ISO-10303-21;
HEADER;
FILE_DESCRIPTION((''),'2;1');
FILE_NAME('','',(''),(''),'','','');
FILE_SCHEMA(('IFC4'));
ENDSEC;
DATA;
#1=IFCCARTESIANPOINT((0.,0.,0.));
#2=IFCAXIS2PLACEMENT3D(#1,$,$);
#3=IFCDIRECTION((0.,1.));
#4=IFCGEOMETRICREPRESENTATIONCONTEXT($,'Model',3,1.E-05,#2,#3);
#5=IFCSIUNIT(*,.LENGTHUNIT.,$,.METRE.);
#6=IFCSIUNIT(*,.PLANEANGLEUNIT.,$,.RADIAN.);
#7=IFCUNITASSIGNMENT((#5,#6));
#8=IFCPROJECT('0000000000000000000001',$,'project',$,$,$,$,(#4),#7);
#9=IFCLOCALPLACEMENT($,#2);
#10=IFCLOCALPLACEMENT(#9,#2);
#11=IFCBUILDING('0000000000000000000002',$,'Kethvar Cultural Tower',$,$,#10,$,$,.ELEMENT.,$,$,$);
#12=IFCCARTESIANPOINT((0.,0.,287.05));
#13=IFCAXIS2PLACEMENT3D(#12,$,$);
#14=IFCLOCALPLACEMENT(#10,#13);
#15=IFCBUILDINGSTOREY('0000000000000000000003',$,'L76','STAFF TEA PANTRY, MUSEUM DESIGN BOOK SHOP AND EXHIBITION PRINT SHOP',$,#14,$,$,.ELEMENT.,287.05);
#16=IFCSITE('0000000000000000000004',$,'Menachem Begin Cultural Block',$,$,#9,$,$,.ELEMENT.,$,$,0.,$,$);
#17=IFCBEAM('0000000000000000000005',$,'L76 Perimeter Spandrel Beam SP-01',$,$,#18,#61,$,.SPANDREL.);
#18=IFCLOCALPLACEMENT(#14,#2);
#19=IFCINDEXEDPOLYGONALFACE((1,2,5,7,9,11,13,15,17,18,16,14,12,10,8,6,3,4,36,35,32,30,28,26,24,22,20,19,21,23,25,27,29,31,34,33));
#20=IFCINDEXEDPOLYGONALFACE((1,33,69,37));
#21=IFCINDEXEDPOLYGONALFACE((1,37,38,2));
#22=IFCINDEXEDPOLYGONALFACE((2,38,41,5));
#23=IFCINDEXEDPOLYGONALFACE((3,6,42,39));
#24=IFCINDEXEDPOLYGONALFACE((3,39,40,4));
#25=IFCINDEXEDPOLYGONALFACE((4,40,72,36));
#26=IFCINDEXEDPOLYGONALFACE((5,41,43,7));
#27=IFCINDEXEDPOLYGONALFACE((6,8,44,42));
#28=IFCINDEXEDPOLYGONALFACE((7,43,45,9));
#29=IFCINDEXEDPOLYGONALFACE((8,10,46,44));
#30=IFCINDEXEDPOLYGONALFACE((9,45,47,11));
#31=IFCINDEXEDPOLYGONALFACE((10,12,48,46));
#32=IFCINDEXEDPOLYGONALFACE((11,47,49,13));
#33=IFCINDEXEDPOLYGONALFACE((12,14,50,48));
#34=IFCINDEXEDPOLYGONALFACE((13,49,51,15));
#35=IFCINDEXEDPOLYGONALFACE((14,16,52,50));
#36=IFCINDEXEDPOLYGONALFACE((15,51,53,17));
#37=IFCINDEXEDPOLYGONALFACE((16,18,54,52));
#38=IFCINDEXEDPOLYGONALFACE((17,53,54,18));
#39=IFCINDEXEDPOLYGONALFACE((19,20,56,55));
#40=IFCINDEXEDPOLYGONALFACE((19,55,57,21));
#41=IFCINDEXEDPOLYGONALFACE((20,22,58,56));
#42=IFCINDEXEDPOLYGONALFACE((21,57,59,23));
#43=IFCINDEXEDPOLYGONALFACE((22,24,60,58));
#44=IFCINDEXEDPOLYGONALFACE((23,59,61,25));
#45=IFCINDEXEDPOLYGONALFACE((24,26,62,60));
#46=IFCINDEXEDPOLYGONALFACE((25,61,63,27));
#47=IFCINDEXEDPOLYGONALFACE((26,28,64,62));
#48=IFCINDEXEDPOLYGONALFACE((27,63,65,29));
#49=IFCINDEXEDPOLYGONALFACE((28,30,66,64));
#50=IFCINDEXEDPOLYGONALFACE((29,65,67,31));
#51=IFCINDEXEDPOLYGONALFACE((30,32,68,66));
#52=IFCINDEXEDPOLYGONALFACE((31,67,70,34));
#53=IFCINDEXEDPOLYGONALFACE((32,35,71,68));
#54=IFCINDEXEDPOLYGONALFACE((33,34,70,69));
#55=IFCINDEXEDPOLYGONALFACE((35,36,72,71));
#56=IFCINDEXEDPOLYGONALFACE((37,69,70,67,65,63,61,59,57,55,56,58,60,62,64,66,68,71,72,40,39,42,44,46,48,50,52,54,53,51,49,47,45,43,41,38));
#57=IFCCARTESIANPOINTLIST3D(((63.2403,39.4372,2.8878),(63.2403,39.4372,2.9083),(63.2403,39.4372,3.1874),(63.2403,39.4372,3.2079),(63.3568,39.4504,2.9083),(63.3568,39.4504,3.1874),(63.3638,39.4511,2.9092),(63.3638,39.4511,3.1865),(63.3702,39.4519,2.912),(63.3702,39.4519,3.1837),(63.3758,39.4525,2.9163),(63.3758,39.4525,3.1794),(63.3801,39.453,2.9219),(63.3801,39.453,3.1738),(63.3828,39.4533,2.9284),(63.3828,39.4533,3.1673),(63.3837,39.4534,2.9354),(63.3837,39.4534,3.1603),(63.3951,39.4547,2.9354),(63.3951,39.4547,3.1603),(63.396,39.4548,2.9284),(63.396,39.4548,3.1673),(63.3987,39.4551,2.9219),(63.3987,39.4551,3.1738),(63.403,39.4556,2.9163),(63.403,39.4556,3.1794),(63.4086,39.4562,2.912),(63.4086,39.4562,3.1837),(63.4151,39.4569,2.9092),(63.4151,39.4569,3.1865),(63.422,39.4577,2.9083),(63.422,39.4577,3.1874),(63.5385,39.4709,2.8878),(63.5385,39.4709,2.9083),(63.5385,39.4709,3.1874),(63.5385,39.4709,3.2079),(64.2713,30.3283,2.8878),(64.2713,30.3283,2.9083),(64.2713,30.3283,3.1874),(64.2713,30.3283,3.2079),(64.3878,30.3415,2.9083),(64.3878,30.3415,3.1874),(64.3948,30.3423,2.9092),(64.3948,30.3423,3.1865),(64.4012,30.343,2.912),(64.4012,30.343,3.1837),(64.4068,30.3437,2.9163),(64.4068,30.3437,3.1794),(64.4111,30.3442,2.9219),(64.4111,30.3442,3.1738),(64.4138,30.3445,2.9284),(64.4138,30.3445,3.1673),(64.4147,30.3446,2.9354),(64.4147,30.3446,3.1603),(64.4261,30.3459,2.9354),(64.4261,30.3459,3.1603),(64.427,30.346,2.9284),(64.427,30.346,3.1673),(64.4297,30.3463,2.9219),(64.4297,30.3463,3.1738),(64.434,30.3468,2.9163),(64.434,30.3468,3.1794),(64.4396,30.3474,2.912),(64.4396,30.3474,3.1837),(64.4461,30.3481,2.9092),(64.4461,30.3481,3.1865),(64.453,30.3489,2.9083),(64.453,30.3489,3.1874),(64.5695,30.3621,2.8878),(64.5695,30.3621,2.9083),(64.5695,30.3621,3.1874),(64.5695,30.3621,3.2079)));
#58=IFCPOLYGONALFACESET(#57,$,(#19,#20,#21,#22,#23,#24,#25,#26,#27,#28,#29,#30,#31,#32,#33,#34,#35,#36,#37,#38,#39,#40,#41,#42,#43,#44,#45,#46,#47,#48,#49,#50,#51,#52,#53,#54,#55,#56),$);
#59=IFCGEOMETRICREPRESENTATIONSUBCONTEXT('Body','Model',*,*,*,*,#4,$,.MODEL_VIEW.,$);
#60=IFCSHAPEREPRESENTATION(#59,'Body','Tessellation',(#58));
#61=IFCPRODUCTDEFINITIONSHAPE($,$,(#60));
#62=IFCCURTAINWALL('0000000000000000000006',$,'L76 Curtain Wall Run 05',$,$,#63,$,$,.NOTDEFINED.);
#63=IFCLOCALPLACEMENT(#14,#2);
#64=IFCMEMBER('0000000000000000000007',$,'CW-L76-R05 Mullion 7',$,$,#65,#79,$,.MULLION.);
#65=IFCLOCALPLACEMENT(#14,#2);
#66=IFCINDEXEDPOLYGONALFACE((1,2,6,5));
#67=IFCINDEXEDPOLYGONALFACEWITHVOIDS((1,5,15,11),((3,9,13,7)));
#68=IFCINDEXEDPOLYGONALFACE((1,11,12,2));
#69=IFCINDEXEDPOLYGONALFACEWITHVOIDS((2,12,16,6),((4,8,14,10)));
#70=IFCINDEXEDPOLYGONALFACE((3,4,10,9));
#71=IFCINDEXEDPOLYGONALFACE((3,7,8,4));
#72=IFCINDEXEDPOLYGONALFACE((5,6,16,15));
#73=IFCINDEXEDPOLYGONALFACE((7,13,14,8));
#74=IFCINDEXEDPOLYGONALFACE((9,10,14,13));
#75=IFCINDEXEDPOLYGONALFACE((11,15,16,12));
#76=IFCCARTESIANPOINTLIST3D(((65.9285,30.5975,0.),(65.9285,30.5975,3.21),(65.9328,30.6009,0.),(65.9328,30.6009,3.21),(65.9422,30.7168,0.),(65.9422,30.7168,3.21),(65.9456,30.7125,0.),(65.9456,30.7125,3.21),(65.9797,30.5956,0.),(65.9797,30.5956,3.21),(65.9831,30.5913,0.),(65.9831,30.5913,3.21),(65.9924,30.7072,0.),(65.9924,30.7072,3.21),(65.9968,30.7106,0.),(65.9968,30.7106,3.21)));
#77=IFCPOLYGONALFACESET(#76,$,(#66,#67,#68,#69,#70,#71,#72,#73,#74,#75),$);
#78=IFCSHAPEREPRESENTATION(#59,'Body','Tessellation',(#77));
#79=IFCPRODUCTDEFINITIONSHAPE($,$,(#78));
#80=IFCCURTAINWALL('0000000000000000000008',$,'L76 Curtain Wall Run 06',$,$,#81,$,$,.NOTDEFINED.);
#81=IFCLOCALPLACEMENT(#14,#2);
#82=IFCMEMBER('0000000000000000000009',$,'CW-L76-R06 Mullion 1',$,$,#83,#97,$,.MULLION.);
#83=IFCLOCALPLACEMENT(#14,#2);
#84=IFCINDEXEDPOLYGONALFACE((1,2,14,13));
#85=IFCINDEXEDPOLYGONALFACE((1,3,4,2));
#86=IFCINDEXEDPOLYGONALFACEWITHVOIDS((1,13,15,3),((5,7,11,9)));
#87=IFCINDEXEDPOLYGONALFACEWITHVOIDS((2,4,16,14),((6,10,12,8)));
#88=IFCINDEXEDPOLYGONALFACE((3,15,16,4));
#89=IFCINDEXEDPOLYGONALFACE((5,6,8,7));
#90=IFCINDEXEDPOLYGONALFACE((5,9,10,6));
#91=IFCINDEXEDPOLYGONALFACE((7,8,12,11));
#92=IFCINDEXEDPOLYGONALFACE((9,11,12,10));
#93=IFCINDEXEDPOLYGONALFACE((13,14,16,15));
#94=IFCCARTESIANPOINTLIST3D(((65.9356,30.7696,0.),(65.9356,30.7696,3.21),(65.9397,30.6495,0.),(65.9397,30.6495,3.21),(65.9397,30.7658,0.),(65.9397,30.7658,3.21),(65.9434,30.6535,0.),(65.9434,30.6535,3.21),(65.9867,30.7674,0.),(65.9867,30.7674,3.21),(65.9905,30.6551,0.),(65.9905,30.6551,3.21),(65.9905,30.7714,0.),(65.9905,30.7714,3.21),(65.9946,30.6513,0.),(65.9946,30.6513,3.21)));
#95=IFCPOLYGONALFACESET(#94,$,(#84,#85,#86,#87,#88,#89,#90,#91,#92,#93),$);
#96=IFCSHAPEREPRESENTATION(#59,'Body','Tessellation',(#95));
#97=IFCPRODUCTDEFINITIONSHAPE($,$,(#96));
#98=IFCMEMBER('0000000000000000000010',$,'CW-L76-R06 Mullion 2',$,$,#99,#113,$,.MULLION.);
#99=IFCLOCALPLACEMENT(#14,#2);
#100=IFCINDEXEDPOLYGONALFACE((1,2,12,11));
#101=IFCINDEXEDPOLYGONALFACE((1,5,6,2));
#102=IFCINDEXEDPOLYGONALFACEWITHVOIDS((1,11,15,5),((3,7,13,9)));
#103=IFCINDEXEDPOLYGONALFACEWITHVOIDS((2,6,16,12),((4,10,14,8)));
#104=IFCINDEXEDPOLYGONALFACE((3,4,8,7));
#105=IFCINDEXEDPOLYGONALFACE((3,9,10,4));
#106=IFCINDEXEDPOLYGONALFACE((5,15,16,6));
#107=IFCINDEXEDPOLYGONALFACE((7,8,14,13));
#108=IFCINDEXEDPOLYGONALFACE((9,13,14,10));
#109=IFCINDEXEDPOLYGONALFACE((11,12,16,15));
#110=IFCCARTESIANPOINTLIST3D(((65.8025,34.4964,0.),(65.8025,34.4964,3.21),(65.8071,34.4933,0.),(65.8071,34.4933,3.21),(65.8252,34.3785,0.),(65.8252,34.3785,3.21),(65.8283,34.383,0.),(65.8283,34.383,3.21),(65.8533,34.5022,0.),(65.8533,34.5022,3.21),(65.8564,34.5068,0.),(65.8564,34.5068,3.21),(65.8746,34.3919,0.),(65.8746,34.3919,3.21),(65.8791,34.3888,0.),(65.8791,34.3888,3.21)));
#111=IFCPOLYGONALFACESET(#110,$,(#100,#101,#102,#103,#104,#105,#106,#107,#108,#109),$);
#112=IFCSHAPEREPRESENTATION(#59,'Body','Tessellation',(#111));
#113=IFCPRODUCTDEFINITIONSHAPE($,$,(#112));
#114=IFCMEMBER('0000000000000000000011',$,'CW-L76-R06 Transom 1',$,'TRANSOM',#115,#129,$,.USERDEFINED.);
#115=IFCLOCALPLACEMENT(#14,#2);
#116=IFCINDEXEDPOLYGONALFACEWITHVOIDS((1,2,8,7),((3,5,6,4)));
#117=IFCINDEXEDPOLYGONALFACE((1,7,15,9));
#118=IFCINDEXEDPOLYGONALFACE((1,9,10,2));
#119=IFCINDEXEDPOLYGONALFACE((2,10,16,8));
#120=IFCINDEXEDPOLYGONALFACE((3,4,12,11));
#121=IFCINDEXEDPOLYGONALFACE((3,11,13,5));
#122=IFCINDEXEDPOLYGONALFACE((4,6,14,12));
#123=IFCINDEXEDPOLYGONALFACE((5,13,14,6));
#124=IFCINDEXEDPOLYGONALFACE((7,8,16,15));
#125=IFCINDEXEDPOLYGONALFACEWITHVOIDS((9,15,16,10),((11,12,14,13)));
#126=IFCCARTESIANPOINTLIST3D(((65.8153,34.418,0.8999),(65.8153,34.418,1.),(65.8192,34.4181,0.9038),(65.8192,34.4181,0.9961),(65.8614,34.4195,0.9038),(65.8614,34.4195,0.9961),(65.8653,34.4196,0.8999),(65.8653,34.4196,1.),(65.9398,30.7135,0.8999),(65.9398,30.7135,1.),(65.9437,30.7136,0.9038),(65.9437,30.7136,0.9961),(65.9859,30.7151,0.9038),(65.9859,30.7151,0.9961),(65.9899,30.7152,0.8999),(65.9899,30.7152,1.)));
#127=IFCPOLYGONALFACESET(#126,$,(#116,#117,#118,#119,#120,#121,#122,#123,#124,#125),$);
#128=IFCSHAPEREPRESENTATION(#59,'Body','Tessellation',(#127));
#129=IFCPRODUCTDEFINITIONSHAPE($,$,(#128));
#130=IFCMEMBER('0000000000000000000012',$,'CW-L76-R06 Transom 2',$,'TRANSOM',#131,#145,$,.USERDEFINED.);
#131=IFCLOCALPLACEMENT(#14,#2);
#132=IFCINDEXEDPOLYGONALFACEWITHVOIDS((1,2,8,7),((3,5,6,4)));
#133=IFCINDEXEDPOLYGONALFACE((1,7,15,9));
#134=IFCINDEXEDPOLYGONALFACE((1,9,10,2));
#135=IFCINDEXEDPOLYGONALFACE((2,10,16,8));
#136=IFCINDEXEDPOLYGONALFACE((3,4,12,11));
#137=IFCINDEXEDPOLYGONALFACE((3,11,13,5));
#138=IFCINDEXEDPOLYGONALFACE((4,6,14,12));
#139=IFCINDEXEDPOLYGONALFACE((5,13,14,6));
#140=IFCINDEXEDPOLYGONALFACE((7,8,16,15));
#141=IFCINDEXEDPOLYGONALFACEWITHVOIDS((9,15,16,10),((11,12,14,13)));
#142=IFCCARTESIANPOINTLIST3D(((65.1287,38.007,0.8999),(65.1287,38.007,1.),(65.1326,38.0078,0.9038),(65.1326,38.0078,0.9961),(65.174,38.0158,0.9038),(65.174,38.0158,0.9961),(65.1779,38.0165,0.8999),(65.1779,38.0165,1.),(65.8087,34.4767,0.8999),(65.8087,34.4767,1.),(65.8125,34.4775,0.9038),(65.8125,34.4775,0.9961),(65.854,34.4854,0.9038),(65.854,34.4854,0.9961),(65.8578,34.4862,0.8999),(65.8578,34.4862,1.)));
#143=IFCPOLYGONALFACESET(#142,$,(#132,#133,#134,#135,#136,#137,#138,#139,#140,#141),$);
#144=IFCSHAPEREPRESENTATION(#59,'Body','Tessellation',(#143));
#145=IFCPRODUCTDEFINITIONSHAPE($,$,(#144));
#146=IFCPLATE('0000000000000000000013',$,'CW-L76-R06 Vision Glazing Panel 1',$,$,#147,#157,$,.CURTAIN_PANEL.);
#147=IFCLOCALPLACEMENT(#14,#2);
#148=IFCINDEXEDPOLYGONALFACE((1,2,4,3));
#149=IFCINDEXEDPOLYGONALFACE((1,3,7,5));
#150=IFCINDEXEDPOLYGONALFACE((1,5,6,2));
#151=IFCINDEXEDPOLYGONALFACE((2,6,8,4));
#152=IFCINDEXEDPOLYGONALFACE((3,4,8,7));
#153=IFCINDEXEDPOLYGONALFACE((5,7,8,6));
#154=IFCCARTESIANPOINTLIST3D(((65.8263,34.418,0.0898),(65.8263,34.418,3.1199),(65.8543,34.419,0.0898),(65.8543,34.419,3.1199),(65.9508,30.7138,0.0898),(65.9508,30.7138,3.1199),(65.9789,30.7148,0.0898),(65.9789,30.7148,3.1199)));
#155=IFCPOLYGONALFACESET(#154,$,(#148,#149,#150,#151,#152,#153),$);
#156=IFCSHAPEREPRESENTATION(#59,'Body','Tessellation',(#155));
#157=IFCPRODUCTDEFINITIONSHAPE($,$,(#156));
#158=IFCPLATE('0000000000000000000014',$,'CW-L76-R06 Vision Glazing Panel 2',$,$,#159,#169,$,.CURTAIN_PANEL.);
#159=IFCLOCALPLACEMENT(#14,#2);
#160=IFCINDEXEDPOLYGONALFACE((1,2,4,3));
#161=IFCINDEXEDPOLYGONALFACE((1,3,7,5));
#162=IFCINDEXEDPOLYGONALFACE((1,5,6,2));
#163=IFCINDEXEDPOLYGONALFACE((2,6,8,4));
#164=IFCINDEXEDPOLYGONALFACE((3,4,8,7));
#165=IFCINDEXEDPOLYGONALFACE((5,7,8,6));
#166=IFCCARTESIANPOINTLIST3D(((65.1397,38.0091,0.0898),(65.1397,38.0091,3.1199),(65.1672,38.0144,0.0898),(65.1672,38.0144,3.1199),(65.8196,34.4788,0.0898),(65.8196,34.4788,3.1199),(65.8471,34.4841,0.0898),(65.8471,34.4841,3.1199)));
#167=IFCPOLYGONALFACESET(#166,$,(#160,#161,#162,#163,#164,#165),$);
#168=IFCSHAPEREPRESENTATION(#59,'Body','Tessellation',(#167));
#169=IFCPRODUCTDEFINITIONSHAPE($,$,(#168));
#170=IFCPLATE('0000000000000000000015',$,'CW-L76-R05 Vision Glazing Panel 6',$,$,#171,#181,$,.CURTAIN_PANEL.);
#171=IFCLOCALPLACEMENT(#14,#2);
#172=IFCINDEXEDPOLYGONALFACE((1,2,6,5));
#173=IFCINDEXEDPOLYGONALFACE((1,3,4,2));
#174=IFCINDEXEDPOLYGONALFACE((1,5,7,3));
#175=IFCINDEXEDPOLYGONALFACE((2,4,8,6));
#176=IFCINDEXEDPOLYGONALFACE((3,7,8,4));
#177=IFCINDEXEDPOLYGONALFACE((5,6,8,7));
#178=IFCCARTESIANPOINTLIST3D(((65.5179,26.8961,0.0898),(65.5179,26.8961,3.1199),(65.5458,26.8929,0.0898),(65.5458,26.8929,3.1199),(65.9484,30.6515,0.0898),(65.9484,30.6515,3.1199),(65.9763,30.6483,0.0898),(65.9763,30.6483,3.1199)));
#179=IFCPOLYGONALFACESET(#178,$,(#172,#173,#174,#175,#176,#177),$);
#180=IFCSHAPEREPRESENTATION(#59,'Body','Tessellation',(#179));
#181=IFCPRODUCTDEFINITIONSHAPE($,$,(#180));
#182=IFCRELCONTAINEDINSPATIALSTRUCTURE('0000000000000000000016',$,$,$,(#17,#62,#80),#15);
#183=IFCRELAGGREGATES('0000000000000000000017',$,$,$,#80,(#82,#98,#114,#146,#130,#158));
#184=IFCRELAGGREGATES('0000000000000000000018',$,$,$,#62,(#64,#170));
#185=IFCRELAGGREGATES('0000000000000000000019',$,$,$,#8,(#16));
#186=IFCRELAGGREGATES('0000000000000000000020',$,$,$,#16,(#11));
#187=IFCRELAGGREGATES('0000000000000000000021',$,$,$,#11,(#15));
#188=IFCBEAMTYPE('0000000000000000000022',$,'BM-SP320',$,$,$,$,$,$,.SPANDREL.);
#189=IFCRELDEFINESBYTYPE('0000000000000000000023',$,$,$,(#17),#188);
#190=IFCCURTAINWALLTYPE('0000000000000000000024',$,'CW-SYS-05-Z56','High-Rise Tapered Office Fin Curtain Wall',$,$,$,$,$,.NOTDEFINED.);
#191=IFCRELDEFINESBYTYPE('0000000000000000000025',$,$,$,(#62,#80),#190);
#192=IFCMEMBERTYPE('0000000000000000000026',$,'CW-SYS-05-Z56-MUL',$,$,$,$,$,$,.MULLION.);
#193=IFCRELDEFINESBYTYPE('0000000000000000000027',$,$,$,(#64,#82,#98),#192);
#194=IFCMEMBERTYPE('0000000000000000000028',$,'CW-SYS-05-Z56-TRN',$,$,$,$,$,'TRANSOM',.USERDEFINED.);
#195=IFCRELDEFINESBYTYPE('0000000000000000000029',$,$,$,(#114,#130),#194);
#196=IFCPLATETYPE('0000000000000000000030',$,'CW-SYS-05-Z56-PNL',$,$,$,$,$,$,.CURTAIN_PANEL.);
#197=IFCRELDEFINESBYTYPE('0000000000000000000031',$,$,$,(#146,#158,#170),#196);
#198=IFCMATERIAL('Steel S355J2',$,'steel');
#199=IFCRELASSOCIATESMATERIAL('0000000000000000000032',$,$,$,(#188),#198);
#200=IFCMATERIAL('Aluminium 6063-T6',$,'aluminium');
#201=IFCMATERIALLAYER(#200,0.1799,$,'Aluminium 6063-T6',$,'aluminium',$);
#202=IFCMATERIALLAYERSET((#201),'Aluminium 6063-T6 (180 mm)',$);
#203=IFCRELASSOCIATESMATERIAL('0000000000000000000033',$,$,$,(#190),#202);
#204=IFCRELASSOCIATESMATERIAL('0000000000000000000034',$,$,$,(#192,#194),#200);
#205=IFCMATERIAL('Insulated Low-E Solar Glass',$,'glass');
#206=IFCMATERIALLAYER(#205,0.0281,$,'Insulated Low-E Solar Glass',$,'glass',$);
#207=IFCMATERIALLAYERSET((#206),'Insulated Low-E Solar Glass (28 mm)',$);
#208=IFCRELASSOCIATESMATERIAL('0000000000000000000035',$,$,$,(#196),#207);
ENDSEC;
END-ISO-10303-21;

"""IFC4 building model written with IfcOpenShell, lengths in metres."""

from ifc_helpers import new_model, si_unit, direction, frame, origin, origin_2d, place, context, subcontext, project, spatial, rectangle, hollow_rectangle, i_section, extrude, source, transform, mapped, material, layer, layer_set, material_profile, profile_set, type_object, element, aggregate, save


model = new_model("IFC4")

# Units and contexts
model_context = context("Model", 3, precision=1e-05, world=origin(), true_north=direction((0.0, 1.0)))
body_context = subcontext(model_context, "Body", "Model", "MODEL_VIEW")
ifc_project = project(units=[si_unit("LENGTHUNIT", "METRE"), si_unit("PLANEANGLEUNIT", "RADIAN")], contexts=[model_context])

# Site, building, storey
site_placement = place(None, origin())
site = spatial("IfcSite", under=ifc_project, at=site_placement, Name="Menachem Begin Cultural Block", CompositionType="ELEMENT", RefElevation=0.0)
building_placement = place(site_placement, origin())
building = spatial("IfcBuilding", under=site, at=building_placement, Name="Kethvar Cultural Tower", CompositionType="ELEMENT")
storey_placement = place(building_placement, frame((0.0, 0.0, 287.05)))
storey = spatial("IfcBuildingStorey", under=building, at=storey_placement, Name="L76", Description="STAFF TEA PANTRY, MUSEUM DESIGN BOOK SHOP AND EXHIBITION PRINT SHOP", CompositionType="ELEMENT", Elevation=287.05)

# Shared definitions
ifc_material_1 = material(Name="Steel S355J2", Category="steel")

# Beam
ifc_material_profile_1 = material_profile(ifc_material_1, i_section(OverallWidth=0.3, OverallDepth=0.3201, WebThickness=0.0115, FlangeThickness=0.0205, FilletRadius=0.0271, at=origin_2d()), Name="Steel S355J2 — HEB320")
ifc_profile_set_1 = profile_set([ifc_material_profile_1], Name="Steel S355J2 — HEB320")
beam_type_1 = type_object("IfcBeamType", Name="BM-SP320", PredefinedType="SPANDREL", material=ifc_profile_set_1)
shared_shape_1 = source(origin(), body_context, "Body", "SweptSolid", [
    extrude(i_section(OverallWidth=0.3, OverallDepth=0.3201, WebThickness=0.0115, FlangeThickness=0.0205, FilletRadius=0.0271, at=origin_2d()), origin(), (0.0, 0.0, 1.0), 9.167),
])
beam_1_placement = place(storey_placement, frame((64.4204, 30.3452, 3.0479), z_axis=(-0.112469, 0.993655, 0.0), x_axis=(-0.993655, -0.112469, 0.0)))
element("IfcBeam", 1, at=beam_1_placement, inside=storey, type_object=beam_type_1, Name="L76 Perimeter Spandrel Beam SP-01", PredefinedType="SPANDREL", context=body_context, shape_type="MappedRepresentation", body=[
    mapped(shared_shape_1, transform((0.0, 0.0, 0.0), scale=1.0)),
])

# Curtain wall, member
ifc_material_2 = material(Name="Aluminium 6063-T6", Category="aluminium")
ifc_layer_1 = layer(ifc_material_2, 0.1799, Name="Aluminium 6063-T6", Category="aluminium")
ifc_layer_set_1 = layer_set([ifc_layer_1], Name="Aluminium 6063-T6 (180 mm)")
curtain_wall_type = type_object("IfcCurtainWallType", Name="CW-SYS-05-Z56", Description="High-Rise Tapered Office Fin Curtain Wall", PredefinedType="NOTDEFINED", material=ifc_layer_set_1)
curtain_wall_1_placement = place(storey_placement, origin())
curtain_wall_1 = element("IfcCurtainWall", 2, at=curtain_wall_1_placement, inside=storey, type_object=curtain_wall_type, Name="L76 Curtain Wall Run 05", PredefinedType="NOTDEFINED")
ifc_material_profile_2 = material_profile(ifc_material_2, hollow_rectangle(XDim=0.0549, YDim=0.1201, WallThickness=0.0039, at=origin_2d()), Name="Aluminium 6063-T6 — RHS120x55x4")
ifc_profile_set_2 = profile_set([ifc_material_profile_2], Name="Aluminium 6063-T6 — RHS120x55x4")
member_type_1 = type_object("IfcMemberType", Name="CW-SYS-05-Z56-MUL", PredefinedType="MULLION", material=ifc_profile_set_2)
shared_shape_2 = source(origin(), body_context, "Body", "SweptSolid", [
    extrude(hollow_rectangle(XDim=0.0549, YDim=0.1201, WallThickness=0.0039, at=origin_2d()), origin(), (0.0, 0.0, 1.0), 3.21),
])
member_1_placement = place(storey_placement, frame((65.9626, 30.6541, 0.0), z_axis=(0.0, 0.0, 1.0), x_axis=(-0.993495, 0.113879, 0.0)))
member_1 = element("IfcMember", 3, at=member_1_placement, type_object=member_type_1, Name="CW-L76-R05 Mullion 7", PredefinedType="MULLION", context=body_context, shape_type="MappedRepresentation", body=[
    mapped(shared_shape_2, transform((0.0, 0.0, 0.0), scale=1.0)),
])

# Curtain wall, members, plates
curtain_wall_2_placement = place(storey_placement, origin())
curtain_wall_2 = element("IfcCurtainWall", 4, at=curtain_wall_2_placement, inside=storey, type_object=curtain_wall_type, Name="L76 Curtain Wall Run 06", PredefinedType="NOTDEFINED")
member_2_placement = place(storey_placement, frame((65.9651, 30.7104, 0.0), z_axis=(0.0, 0.0, 1.0), x_axis=(-0.999435, -0.033609, 0.0)))
member_2 = element("IfcMember", 5, at=member_2_placement, type_object=member_type_1, Name="CW-L76-R06 Mullion 1", PredefinedType="MULLION", context=body_context, shape_type="MappedRepresentation", body=[
    mapped(shared_shape_2, transform((0.0, 0.0, 0.0), scale=1.0)),
])
member_3_placement = place(storey_placement, frame((65.8408, 34.4426, 0.0), z_axis=(0.0, 0.0, 1.0), x_axis=(-0.981955, -0.189113, 0.0)))
member_3 = element("IfcMember", 6, at=member_3_placement, type_object=member_type_1, Name="CW-L76-R06 Mullion 2", PredefinedType="MULLION", context=body_context, shape_type="MappedRepresentation", body=[
    mapped(shared_shape_2, transform((0.0, 0.0, 0.0), scale=1.0)),
])
ifc_material_profile_3 = material_profile(ifc_material_2, hollow_rectangle(XDim=0.05, YDim=0.1001, WallThickness=0.0039, at=origin_2d()), Name="Aluminium 6063-T6 — RHS100x50x4")
ifc_profile_set_3 = profile_set([ifc_material_profile_3], Name="Aluminium 6063-T6 — RHS100x50x4")
member_type_2 = type_object("IfcMemberType", Name="CW-SYS-05-Z56-TRN", ElementType="TRANSOM", PredefinedType="USERDEFINED", material=ifc_profile_set_3)
shared_shape_3 = source(origin(), body_context, "Body", "SweptSolid", [
    extrude(hollow_rectangle(XDim=0.05, YDim=0.1001, WallThickness=0.0039, at=origin_2d()), origin(), (0.0, 0.0, 1.0), 3.7065),
])
member_4_placement = place(storey_placement, frame((65.9648, 30.7144, 0.95), z_axis=(-0.033593, 0.999436, 0.0), x_axis=(-0.999436, -0.033593, 0.0)))
member_4 = element("IfcMember", 7, at=member_4_placement, type_object=member_type_2, Name="CW-L76-R06 Transom 1", ObjectType="TRANSOM", PredefinedType="USERDEFINED", context=body_context, shape_type="MappedRepresentation", body=[
    mapped(shared_shape_3, transform((0.0, 0.0, 0.0), scale=1.0)),
])
shared_shape_4 = source(origin(), body_context, "Body", "SweptSolid", [
    extrude(hollow_rectangle(XDim=0.05, YDim=0.1001, WallThickness=0.0039, at=origin_2d()), origin(), (0.0, 0.0, 1.0), 3.5952),
])
member_5_placement = place(storey_placement, frame((65.8333, 34.4814, 0.95), z_axis=(-0.189124, 0.981953, 0.0), x_axis=(-0.981953, -0.189124, 0.0)))
member_5 = element("IfcMember", 8, at=member_5_placement, type_object=member_type_2, Name="CW-L76-R06 Transom 2", ObjectType="TRANSOM", PredefinedType="USERDEFINED", context=body_context, shape_type="MappedRepresentation", body=[
    mapped(shared_shape_4, transform((0.0, 0.0, 0.0), scale=1.0)),
])
ifc_material_3 = material(Name="Insulated Low-E Solar Glass", Category="glass")
ifc_layer_2 = layer(ifc_material_3, 0.0281, Name="Insulated Low-E Solar Glass", Category="glass")
ifc_layer_set_2 = layer_set([ifc_layer_2], Name="Insulated Low-E Solar Glass (28 mm)")
plate_type = type_object("IfcPlateType", Name="CW-SYS-05-Z56-PNL", PredefinedType="CURTAIN_PANEL", material=ifc_layer_set_2)
shared_shape_5 = source(origin(), body_context, "Body", "SweptSolid", [
    extrude(rectangle(XDim=3.7063, YDim=0.0281, at=origin_2d()), origin(), (0.0, 0.0, 1.0), 3.03),
])
plate_1_placement = place(storey_placement, frame((65.9026, 32.5664, 0.0898), z_axis=(0.0, 0.0, 1.0), x_axis=(-0.033609, 0.999435, 0.0)))
plate_1 = element("IfcPlate", 9, at=plate_1_placement, type_object=plate_type, Name="CW-L76-R06 Vision Glazing Panel 1", PredefinedType="CURTAIN_PANEL", context=body_context, shape_type="MappedRepresentation", body=[
    mapped(shared_shape_5, transform((0.0, 0.0, 0.0), scale=1.0)),
])
shared_shape_6 = source(origin(), body_context, "Body", "SweptSolid", [
    extrude(rectangle(XDim=3.5952, YDim=0.0281, at=origin_2d()), origin(), (0.0, 0.0, 1.0), 3.03),
])
plate_2_placement = place(storey_placement, frame((65.4934, 36.2466, 0.0898), z_axis=(0.0, 0.0, 1.0), x_axis=(-0.189113, 0.981955, 0.0)))
plate_2 = element("IfcPlate", 10, at=plate_2_placement, type_object=plate_type, Name="CW-L76-R06 Vision Glazing Panel 2", PredefinedType="CURTAIN_PANEL", context=body_context, shape_type="MappedRepresentation", body=[
    mapped(shared_shape_6, transform((0.0, 0.0, 0.0), scale=1.0)),
])
aggregate(curtain_wall_2, [member_2, member_3, member_4, plate_1, member_5, plate_2])

# Plate
shared_shape_7 = source(origin(), body_context, "Body", "SweptSolid", [
    extrude(rectangle(XDim=3.78, YDim=0.0281, at=origin_2d()), origin(), (0.0, 0.0, 1.0), 3.03),
])
plate_3_placement = place(storey_placement, frame((65.7471, 28.7722, 0.0898), z_axis=(0.0, 0.0, 1.0), x_axis=(0.113879, 0.993495, 0.0)))
plate_3 = element("IfcPlate", 11, at=plate_3_placement, type_object=plate_type, Name="CW-L76-R05 Vision Glazing Panel 6", PredefinedType="CURTAIN_PANEL", context=body_context, shape_type="MappedRepresentation", body=[
    mapped(shared_shape_7, transform((0.0, 0.0, 0.0), scale=1.0)),
])
aggregate(curtain_wall_1, [member_1, plate_3])

save(model, "model.ifc")
